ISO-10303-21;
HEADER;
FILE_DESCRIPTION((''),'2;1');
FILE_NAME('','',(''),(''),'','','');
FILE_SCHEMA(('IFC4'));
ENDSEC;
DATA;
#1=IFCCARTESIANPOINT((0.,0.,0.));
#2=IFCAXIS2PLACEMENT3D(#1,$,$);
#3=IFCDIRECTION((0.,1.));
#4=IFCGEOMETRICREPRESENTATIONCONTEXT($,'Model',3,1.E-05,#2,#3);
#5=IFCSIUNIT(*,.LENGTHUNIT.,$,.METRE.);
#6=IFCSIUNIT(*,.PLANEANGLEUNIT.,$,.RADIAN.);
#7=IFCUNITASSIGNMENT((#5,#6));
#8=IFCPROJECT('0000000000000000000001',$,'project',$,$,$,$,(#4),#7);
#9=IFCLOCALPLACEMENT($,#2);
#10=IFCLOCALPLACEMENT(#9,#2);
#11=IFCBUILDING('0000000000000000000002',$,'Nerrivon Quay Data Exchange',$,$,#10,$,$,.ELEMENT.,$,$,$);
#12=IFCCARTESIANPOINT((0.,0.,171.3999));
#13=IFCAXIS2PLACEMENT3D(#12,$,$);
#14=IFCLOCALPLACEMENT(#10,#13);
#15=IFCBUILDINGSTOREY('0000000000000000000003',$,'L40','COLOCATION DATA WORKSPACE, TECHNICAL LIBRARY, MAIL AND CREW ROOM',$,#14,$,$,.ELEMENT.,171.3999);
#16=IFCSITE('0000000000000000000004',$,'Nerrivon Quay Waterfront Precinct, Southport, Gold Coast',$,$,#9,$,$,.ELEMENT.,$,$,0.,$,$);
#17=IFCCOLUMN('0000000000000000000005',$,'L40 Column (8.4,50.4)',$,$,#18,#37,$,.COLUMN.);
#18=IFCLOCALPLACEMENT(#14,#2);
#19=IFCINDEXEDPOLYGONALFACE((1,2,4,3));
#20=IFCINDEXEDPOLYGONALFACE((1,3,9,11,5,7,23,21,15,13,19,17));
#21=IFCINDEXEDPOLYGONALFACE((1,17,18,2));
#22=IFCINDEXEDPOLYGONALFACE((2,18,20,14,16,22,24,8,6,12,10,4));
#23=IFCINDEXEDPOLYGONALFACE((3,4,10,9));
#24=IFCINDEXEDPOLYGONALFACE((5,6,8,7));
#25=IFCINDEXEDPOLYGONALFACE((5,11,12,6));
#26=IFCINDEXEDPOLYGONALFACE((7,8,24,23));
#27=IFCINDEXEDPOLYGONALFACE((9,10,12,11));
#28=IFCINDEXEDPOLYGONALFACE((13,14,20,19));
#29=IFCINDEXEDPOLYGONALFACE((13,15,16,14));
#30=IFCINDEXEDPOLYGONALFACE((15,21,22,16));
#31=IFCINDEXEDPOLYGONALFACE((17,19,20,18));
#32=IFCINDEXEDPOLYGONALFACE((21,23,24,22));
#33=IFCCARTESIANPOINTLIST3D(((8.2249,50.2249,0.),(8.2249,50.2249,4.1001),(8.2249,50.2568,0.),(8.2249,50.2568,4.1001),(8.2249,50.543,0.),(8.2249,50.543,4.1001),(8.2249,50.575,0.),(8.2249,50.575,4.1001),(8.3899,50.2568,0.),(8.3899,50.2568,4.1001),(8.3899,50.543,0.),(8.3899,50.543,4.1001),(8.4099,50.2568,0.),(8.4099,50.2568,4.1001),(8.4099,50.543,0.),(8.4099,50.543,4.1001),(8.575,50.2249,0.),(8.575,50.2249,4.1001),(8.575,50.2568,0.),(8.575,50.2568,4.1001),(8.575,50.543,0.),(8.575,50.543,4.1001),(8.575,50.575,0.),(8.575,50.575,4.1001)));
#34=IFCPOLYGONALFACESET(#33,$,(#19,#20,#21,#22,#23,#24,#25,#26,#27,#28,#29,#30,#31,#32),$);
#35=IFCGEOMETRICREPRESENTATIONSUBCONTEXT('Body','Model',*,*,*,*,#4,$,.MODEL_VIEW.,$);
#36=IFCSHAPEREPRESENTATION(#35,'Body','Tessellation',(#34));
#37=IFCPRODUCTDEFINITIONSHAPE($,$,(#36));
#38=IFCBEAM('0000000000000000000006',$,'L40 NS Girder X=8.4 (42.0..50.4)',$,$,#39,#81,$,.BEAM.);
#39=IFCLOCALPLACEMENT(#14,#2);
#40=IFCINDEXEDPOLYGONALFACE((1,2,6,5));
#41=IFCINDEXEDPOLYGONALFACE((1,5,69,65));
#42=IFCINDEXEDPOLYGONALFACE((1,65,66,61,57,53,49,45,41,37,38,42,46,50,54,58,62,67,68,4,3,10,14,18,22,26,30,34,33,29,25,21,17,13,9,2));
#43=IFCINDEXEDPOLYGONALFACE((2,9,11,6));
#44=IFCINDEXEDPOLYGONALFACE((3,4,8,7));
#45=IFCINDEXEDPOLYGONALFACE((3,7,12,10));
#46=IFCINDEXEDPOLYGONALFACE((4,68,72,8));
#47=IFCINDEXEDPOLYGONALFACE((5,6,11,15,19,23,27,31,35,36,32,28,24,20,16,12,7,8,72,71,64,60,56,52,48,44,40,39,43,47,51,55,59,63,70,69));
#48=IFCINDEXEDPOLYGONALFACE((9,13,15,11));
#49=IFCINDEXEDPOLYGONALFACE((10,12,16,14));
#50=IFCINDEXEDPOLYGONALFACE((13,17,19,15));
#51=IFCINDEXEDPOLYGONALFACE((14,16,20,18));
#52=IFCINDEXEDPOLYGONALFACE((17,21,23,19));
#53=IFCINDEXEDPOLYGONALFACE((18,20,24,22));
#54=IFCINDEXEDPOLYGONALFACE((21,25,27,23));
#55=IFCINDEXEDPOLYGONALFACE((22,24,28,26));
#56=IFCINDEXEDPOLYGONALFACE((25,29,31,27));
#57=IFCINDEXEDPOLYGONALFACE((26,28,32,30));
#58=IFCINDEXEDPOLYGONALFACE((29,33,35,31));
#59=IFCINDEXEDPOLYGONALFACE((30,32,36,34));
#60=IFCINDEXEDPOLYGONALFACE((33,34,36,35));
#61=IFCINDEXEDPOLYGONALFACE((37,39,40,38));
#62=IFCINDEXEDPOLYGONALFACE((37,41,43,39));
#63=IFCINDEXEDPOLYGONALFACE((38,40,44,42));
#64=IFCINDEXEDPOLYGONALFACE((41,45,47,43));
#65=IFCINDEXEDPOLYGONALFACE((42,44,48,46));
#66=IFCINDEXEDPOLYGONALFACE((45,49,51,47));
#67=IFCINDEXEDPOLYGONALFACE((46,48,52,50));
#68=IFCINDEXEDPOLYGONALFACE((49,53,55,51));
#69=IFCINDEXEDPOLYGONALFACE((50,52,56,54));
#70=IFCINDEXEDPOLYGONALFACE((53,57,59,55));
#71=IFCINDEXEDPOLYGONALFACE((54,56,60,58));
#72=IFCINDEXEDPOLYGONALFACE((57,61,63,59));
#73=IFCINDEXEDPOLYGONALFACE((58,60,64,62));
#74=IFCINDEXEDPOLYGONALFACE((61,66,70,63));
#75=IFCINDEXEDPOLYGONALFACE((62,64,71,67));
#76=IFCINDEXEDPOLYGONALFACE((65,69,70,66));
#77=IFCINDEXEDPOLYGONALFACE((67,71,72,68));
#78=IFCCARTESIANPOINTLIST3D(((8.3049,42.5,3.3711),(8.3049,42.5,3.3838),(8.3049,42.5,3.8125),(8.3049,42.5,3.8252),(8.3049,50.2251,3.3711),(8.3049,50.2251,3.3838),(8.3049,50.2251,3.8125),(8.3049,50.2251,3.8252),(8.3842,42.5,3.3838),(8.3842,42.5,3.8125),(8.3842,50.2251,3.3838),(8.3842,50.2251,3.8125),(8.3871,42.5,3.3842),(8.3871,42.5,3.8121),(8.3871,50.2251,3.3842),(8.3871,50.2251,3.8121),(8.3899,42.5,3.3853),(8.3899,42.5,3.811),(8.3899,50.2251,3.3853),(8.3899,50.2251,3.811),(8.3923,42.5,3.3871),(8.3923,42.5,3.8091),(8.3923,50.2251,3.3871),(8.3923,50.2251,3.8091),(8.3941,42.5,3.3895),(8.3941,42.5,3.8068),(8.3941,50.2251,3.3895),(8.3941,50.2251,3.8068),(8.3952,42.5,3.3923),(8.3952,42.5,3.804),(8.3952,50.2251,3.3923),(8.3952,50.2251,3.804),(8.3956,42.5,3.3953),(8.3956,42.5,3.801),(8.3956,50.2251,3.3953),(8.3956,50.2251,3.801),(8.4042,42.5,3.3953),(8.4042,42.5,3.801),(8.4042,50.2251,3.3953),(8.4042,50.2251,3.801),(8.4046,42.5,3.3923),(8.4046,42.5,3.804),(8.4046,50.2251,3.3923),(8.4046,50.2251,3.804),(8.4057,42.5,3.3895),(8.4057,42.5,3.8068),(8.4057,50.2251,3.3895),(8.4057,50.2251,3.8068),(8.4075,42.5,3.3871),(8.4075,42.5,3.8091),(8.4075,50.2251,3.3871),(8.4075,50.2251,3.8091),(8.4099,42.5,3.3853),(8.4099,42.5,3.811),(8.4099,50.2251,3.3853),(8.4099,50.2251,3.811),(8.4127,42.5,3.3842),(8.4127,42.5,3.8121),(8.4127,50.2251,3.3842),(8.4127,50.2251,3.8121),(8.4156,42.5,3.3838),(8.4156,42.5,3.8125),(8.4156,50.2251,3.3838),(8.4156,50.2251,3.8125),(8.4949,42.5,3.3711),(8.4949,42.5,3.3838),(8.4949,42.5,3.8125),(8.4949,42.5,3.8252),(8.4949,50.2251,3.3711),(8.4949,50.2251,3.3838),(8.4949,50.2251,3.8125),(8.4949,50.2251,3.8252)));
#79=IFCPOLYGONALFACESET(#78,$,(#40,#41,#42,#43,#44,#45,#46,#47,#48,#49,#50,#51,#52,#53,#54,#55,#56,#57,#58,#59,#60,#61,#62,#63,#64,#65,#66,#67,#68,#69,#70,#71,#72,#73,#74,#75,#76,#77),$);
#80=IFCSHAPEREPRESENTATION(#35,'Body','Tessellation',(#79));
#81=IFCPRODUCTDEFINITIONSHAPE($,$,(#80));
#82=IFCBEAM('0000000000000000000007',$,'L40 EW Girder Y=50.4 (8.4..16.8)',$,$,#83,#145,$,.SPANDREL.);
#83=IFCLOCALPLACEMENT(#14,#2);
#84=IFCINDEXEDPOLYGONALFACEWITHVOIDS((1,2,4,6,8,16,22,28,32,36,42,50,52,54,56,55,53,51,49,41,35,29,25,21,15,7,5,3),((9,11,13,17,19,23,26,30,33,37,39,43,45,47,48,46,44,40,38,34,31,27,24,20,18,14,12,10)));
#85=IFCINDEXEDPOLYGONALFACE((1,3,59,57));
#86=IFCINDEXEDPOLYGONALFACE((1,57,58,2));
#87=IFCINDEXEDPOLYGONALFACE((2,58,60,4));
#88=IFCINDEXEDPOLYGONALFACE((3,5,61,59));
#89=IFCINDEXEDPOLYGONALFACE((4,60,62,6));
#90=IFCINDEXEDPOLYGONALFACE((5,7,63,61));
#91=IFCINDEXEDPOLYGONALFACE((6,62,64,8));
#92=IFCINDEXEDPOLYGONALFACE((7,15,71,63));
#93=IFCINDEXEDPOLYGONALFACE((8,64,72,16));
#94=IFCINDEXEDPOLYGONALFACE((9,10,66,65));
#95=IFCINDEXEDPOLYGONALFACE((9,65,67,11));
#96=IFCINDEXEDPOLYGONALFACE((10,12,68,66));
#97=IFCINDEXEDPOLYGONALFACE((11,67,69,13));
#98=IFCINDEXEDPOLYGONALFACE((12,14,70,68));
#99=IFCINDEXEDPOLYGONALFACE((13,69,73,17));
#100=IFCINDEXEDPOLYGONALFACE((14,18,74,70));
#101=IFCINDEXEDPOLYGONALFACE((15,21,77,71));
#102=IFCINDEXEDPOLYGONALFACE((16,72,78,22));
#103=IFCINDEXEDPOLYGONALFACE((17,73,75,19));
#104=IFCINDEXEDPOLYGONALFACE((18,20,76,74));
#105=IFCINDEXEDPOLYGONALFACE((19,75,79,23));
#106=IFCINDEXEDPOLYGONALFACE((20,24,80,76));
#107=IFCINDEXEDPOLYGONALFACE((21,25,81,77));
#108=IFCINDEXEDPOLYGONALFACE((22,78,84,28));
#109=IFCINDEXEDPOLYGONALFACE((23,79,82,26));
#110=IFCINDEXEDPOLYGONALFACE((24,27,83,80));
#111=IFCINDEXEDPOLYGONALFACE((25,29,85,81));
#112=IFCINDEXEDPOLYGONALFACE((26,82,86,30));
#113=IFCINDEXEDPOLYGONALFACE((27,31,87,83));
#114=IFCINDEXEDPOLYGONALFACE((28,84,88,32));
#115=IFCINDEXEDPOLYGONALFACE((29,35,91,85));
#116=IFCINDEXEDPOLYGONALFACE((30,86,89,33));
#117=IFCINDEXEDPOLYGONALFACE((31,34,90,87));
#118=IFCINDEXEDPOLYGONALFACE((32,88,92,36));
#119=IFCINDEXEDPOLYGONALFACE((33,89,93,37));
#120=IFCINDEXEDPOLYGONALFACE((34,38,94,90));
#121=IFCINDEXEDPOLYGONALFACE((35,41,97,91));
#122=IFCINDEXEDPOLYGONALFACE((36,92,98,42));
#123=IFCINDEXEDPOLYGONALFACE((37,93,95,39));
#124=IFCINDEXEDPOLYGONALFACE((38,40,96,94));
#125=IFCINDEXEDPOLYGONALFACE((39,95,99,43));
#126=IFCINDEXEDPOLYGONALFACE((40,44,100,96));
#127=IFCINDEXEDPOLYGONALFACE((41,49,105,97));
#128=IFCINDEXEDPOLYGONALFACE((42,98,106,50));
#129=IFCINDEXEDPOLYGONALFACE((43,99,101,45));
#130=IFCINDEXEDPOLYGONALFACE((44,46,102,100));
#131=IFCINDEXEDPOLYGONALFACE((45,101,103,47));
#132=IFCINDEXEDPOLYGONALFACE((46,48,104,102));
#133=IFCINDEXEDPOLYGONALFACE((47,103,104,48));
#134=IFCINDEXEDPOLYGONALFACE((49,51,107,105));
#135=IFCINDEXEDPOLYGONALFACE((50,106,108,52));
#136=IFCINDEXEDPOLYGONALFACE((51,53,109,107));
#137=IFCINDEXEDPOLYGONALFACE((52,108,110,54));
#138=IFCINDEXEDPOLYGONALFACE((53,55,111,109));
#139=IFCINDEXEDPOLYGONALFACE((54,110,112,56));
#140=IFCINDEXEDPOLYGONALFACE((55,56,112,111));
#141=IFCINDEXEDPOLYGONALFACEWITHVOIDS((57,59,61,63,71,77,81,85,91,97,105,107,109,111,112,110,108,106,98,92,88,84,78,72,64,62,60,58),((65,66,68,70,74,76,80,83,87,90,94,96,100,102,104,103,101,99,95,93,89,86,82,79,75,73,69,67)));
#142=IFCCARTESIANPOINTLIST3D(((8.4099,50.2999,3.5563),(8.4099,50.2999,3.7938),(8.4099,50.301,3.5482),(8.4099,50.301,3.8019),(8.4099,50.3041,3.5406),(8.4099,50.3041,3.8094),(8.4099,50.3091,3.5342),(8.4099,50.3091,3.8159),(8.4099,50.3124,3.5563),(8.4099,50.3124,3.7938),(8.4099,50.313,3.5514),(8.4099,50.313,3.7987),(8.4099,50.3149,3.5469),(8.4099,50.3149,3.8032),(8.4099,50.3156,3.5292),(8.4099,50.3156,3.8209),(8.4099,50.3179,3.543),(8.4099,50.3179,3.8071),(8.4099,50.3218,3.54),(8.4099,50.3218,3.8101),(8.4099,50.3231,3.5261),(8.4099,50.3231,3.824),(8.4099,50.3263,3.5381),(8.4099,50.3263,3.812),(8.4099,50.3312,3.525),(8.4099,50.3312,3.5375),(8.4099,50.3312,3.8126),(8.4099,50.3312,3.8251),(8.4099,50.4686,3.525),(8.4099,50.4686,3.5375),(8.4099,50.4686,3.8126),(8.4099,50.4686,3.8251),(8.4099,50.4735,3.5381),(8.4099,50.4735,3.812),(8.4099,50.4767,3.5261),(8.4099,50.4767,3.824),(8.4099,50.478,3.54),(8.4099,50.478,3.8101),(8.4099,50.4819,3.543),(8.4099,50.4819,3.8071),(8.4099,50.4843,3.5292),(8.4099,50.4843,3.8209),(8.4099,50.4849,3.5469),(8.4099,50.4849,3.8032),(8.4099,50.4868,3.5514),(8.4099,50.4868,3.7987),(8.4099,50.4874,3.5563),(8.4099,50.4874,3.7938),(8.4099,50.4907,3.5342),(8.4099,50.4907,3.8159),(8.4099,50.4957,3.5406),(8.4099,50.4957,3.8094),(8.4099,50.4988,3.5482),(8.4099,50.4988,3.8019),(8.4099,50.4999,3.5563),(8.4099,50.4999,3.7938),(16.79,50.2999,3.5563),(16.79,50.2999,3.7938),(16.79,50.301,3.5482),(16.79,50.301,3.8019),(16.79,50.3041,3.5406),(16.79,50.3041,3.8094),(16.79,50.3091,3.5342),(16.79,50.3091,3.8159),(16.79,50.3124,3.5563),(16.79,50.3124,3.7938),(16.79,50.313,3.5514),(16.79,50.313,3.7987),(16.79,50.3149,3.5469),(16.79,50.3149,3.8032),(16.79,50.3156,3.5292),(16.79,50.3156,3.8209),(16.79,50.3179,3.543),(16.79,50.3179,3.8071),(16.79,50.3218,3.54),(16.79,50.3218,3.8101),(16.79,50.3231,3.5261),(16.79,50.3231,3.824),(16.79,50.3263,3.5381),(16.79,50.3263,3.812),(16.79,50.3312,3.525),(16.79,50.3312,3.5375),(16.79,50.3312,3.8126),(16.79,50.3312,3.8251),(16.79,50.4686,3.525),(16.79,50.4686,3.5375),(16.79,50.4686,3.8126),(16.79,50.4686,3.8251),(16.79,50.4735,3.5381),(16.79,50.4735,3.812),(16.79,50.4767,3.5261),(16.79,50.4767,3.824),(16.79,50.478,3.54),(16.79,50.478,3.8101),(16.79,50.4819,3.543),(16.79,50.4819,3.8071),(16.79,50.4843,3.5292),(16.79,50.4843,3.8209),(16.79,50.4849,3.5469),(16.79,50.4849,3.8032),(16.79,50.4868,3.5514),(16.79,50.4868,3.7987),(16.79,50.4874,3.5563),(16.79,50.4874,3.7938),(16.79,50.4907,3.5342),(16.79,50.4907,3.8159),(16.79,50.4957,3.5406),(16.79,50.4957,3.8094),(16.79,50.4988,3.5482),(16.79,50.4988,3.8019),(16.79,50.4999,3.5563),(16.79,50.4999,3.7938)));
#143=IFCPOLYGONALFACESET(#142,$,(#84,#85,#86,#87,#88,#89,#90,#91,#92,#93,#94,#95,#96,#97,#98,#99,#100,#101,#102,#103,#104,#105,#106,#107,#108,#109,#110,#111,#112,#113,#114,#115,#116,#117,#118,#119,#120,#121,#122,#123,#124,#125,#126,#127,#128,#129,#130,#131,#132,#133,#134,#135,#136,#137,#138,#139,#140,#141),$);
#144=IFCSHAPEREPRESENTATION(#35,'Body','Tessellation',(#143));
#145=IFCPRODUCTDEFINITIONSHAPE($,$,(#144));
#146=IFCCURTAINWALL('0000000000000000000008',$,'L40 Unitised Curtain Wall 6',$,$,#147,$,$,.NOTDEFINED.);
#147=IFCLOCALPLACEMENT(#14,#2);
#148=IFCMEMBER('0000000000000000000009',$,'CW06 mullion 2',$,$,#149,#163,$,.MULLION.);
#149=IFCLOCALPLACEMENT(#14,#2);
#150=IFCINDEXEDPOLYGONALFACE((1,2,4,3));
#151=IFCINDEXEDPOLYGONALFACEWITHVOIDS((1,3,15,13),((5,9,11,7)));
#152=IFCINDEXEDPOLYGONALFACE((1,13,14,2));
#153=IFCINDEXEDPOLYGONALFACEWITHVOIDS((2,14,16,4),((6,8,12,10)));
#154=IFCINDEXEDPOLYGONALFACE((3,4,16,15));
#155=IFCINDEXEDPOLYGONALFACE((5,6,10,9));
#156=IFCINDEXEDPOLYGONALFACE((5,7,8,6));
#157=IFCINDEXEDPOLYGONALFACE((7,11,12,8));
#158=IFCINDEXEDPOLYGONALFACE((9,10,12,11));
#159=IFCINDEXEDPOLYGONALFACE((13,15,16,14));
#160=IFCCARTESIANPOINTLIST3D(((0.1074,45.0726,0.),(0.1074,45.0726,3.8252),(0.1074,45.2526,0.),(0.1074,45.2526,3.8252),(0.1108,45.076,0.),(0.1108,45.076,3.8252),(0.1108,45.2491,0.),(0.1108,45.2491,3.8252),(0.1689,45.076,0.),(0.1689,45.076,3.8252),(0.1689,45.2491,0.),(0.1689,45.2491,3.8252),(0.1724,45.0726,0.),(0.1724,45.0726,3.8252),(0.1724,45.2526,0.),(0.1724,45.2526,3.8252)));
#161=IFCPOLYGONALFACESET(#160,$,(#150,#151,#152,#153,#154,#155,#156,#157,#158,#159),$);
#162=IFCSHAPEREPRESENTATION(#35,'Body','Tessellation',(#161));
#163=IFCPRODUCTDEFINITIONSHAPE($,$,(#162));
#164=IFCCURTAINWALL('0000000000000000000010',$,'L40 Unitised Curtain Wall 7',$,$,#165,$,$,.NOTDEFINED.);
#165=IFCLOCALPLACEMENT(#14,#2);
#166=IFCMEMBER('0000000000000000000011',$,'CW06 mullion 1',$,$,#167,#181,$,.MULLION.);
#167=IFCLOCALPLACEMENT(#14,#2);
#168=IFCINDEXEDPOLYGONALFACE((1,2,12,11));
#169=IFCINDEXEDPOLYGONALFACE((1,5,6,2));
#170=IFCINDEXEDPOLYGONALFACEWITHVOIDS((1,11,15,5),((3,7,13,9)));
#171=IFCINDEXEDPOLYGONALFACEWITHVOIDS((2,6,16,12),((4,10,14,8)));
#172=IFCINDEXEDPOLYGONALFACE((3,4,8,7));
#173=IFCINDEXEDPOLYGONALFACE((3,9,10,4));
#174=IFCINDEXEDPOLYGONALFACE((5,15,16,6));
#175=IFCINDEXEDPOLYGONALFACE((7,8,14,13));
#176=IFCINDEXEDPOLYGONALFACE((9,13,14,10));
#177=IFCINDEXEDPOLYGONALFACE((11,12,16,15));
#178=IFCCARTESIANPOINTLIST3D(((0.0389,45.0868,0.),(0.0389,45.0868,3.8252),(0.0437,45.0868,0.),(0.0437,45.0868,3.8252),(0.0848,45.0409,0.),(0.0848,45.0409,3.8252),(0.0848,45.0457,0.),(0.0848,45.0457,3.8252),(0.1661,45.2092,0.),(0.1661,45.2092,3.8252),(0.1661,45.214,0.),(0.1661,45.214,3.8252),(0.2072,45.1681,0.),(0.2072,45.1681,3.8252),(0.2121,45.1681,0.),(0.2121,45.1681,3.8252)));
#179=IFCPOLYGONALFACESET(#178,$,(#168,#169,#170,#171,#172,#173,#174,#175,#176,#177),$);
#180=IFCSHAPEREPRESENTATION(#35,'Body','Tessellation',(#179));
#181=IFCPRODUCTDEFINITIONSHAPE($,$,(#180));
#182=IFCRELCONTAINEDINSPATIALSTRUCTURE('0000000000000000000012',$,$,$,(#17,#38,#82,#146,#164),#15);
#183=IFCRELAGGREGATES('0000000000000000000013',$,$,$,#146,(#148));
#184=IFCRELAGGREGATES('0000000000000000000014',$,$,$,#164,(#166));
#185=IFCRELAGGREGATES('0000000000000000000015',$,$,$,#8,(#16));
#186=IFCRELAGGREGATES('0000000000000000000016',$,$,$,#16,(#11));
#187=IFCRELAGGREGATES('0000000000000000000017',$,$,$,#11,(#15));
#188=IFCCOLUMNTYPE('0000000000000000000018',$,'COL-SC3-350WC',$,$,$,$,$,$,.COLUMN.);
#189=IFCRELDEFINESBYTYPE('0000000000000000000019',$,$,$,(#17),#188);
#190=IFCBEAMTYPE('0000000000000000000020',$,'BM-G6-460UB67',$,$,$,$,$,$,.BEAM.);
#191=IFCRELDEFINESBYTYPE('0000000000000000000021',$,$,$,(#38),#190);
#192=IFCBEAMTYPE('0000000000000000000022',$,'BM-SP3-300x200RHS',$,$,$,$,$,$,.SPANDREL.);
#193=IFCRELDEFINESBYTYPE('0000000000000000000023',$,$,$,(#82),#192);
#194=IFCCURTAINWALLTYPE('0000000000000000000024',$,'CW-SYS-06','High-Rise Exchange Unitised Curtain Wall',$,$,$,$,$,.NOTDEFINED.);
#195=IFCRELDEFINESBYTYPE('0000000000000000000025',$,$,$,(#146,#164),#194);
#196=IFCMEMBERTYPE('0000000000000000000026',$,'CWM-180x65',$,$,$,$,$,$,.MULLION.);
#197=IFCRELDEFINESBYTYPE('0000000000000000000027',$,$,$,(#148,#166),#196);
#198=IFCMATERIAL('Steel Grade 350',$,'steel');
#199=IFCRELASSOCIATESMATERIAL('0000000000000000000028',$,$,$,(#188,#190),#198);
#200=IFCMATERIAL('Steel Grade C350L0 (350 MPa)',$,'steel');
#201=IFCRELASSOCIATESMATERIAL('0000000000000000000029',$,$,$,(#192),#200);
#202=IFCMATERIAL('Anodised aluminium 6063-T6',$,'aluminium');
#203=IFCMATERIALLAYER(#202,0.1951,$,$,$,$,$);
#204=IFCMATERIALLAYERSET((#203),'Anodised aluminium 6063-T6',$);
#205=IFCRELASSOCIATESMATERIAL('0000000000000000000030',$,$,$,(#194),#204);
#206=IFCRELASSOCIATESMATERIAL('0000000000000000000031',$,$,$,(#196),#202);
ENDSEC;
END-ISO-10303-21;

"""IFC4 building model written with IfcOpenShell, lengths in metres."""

from ifc_helpers import new_model, si_unit, direction, frame, origin, origin_2d, place, context, subcontext, project, spatial, hollow_rectangle, i_section, extrude, material, layer, layer_set, material_profile, profile_set, type_object, element, aggregate, save


model = new_model("IFC4")

# Units and contexts
model_context = context("Model", 3, precision=1e-05, world=origin(), true_north=direction((0.0, 1.0)))
body_context = subcontext(model_context, "Body", "Model", "MODEL_VIEW")
ifc_project = project(units=[si_unit("LENGTHUNIT", "METRE"), si_unit("PLANEANGLEUNIT", "RADIAN")], contexts=[model_context])

# Site, building, storey
site_placement = place(None, origin())
site = spatial("IfcSite", under=ifc_project, at=site_placement, Name="Nerrivon Quay Waterfront Precinct, Southport, Gold Coast", CompositionType="ELEMENT", RefElevation=0.0)
building_placement = place(site_placement, origin())
building = spatial("IfcBuilding", under=site, at=building_placement, Name="Nerrivon Quay Data Exchange", CompositionType="ELEMENT")
storey_placement = place(building_placement, frame((0.0, 0.0, 171.3999)))
storey = spatial("IfcBuildingStorey", under=building, at=storey_placement, Name="L40", Description="COLOCATION DATA WORKSPACE, TECHNICAL LIBRARY, MAIL AND CREW ROOM", CompositionType="ELEMENT", Elevation=171.3999)

# Column
ifc_material_1 = material(Name="Steel Grade 350", Category="steel")
ifc_material_profile_1 = material_profile(ifc_material_1, i_section(OverallWidth=0.3501, OverallDepth=0.3501, WebThickness=0.02, FlangeThickness=0.032, at=origin_2d()), Name="350WC230")
ifc_profile_set_1 = profile_set([ifc_material_profile_1], Name="Steel Grade 350")
column_type = type_object("IfcColumnType", Name="COL-SC3-350WC", PredefinedType="COLUMN", material=ifc_profile_set_1)
column_placement = place(storey_placement, frame((8.3999, 50.3999, 0.0), z_axis=(0.0, 0.0, 1.0), x_axis=(1.0, 0.0, 0.0)))
element("IfcColumn", 1, at=column_placement, inside=storey, type_object=column_type, Name="L40 Column (8.4,50.4)", PredefinedType="COLUMN", context=body_context, shape_type="SweptSolid", body=[
    extrude(i_section(OverallWidth=0.3501, OverallDepth=0.3501, WebThickness=0.02, FlangeThickness=0.032, at=origin_2d()), origin(), (0.0, 0.0, 1.0), 4.1001),
])

# Beams
ifc_material_profile_2 = material_profile(ifc_material_1, i_section(OverallWidth=0.1899, OverallDepth=0.4541, WebThickness=0.0085, FlangeThickness=0.0127, FilletRadius=0.0115, at=origin_2d()), Name="460UB67.1")
ifc_profile_set_2 = profile_set([ifc_material_profile_2], Name="Steel Grade 350")
beam_type_1 = type_object("IfcBeamType", Name="BM-G6-460UB67", PredefinedType="BEAM", material=ifc_profile_set_2)
beam_1_placement = place(storey_placement, frame((8.3999, 42.5, 3.5981), z_axis=(0.0, 1.0, 0.0), x_axis=(-1.0, 0.0, 0.0)))
element("IfcBeam", 2, at=beam_1_placement, inside=storey, type_object=beam_type_1, Name="L40 NS Girder X=8.4 (42.0..50.4)", PredefinedType="BEAM", context=body_context, shape_type="SweptSolid", body=[
    extrude(i_section(OverallWidth=0.1899, OverallDepth=0.4541, WebThickness=0.0085, FlangeThickness=0.0127, FilletRadius=0.0115, at=origin_2d()), origin(), (0.0, 0.0, 1.0), 7.7251),
])
ifc_material_2 = material(Name="Steel Grade C350L0 (350 MPa)", Category="steel")
ifc_material_profile_3 = material_profile(ifc_material_2, hollow_rectangle(XDim=0.2, YDim=0.3, WallThickness=0.0125, InnerFilletRadius=0.0188, OuterFilletRadius=0.0312, at=origin_2d()), Name="300x200x12.5RHS")
ifc_profile_set_3 = profile_set([ifc_material_profile_3], Name="Steel Grade C350L0 (350 MPa)")
beam_type_2 = type_object("IfcBeamType", Name="BM-SP3-300x200RHS", PredefinedType="SPANDREL", material=ifc_profile_set_3)
beam_2_placement = place(storey_placement, frame((8.4099, 50.3999, 3.675), z_axis=(1.0, 0.0, 0.0), x_axis=(0.0, 1.0, 0.0)))
element("IfcBeam", 3, at=beam_2_placement, inside=storey, type_object=beam_type_2, Name="L40 EW Girder Y=50.4 (8.4..16.8)", PredefinedType="SPANDREL", context=body_context, shape_type="SweptSolid", body=[
    extrude(hollow_rectangle(XDim=0.2, YDim=0.3, WallThickness=0.0125, InnerFilletRadius=0.0188, OuterFilletRadius=0.0312, at=origin_2d()), origin(), (0.0, 0.0, 1.0), 8.3801),
])

# Curtain wall, member
ifc_material_3 = material(Name="Anodised aluminium 6063-T6", Category="aluminium")
ifc_layer_1 = layer(ifc_material_3, 0.1951)
ifc_layer_set_1 = layer_set([ifc_layer_1], Name="Anodised aluminium 6063-T6")
curtain_wall_type = type_object("IfcCurtainWallType", Name="CW-SYS-06", Description="High-Rise Exchange Unitised Curtain Wall", PredefinedType="NOTDEFINED", material=ifc_layer_set_1)
curtain_wall_1_placement = place(storey_placement, origin())
curtain_wall_1 = element("IfcCurtainWall", 4, at=curtain_wall_1_placement, inside=storey, type_object=curtain_wall_type, Name="L40 Unitised Curtain Wall 6", PredefinedType="NOTDEFINED")
ifc_material_profile_4 = material_profile(ifc_material_3, hollow_rectangle(XDim=0.0649, YDim=0.1799, WallThickness=0.0034, at=origin_2d()), Name="ALU-MULL-180x65")
ifc_profile_set_4 = profile_set([ifc_material_profile_4], Name="Anodised aluminium 6063-T6")
member_type_1 = type_object("IfcMemberType", Name="CWM-180x65", PredefinedType="MULLION", material=ifc_profile_set_4)
member_1_placement = place(storey_placement, frame((0.1399, 45.1626, 0.0), z_axis=(0.0, 0.0, 1.0), x_axis=(-1.0, 0.0, 0.0)))
member_1 = element("IfcMember", 5, at=member_1_placement, type_object=member_type_1, Name="CW06 mullion 2", PredefinedType="MULLION", context=body_context, shape_type="SweptSolid", body=[
    extrude(hollow_rectangle(XDim=0.0649, YDim=0.1799, WallThickness=0.0034, at=origin_2d()), origin(), (0.0, 0.0, 1.0), 3.8252),
])

# Curtain wall, member
curtain_wall_2_placement = place(storey_placement, origin())
curtain_wall_2 = element("IfcCurtainWall", 6, at=curtain_wall_2_placement, inside=storey, type_object=curtain_wall_type, Name="L40 Unitised Curtain Wall 7", PredefinedType="NOTDEFINED")
member_2_placement = place(storey_placement, frame((0.1255, 45.1274, 0.0), z_axis=(0.0, 0.0, 1.0), x_axis=(-0.707107, 0.707107, 0.0)))
member_2 = element("IfcMember", 7, at=member_2_placement, type_object=member_type_1, Name="CW06 mullion 1", PredefinedType="MULLION", context=body_context, shape_type="SweptSolid", body=[
    extrude(hollow_rectangle(XDim=0.0649, YDim=0.1799, WallThickness=0.0034, at=origin_2d()), origin(), (0.0, 0.0, 1.0), 3.8252),
])

aggregate(curtain_wall_1, [member_1])
aggregate(curtain_wall_2, [member_2])

save(model, "model.ifc")
